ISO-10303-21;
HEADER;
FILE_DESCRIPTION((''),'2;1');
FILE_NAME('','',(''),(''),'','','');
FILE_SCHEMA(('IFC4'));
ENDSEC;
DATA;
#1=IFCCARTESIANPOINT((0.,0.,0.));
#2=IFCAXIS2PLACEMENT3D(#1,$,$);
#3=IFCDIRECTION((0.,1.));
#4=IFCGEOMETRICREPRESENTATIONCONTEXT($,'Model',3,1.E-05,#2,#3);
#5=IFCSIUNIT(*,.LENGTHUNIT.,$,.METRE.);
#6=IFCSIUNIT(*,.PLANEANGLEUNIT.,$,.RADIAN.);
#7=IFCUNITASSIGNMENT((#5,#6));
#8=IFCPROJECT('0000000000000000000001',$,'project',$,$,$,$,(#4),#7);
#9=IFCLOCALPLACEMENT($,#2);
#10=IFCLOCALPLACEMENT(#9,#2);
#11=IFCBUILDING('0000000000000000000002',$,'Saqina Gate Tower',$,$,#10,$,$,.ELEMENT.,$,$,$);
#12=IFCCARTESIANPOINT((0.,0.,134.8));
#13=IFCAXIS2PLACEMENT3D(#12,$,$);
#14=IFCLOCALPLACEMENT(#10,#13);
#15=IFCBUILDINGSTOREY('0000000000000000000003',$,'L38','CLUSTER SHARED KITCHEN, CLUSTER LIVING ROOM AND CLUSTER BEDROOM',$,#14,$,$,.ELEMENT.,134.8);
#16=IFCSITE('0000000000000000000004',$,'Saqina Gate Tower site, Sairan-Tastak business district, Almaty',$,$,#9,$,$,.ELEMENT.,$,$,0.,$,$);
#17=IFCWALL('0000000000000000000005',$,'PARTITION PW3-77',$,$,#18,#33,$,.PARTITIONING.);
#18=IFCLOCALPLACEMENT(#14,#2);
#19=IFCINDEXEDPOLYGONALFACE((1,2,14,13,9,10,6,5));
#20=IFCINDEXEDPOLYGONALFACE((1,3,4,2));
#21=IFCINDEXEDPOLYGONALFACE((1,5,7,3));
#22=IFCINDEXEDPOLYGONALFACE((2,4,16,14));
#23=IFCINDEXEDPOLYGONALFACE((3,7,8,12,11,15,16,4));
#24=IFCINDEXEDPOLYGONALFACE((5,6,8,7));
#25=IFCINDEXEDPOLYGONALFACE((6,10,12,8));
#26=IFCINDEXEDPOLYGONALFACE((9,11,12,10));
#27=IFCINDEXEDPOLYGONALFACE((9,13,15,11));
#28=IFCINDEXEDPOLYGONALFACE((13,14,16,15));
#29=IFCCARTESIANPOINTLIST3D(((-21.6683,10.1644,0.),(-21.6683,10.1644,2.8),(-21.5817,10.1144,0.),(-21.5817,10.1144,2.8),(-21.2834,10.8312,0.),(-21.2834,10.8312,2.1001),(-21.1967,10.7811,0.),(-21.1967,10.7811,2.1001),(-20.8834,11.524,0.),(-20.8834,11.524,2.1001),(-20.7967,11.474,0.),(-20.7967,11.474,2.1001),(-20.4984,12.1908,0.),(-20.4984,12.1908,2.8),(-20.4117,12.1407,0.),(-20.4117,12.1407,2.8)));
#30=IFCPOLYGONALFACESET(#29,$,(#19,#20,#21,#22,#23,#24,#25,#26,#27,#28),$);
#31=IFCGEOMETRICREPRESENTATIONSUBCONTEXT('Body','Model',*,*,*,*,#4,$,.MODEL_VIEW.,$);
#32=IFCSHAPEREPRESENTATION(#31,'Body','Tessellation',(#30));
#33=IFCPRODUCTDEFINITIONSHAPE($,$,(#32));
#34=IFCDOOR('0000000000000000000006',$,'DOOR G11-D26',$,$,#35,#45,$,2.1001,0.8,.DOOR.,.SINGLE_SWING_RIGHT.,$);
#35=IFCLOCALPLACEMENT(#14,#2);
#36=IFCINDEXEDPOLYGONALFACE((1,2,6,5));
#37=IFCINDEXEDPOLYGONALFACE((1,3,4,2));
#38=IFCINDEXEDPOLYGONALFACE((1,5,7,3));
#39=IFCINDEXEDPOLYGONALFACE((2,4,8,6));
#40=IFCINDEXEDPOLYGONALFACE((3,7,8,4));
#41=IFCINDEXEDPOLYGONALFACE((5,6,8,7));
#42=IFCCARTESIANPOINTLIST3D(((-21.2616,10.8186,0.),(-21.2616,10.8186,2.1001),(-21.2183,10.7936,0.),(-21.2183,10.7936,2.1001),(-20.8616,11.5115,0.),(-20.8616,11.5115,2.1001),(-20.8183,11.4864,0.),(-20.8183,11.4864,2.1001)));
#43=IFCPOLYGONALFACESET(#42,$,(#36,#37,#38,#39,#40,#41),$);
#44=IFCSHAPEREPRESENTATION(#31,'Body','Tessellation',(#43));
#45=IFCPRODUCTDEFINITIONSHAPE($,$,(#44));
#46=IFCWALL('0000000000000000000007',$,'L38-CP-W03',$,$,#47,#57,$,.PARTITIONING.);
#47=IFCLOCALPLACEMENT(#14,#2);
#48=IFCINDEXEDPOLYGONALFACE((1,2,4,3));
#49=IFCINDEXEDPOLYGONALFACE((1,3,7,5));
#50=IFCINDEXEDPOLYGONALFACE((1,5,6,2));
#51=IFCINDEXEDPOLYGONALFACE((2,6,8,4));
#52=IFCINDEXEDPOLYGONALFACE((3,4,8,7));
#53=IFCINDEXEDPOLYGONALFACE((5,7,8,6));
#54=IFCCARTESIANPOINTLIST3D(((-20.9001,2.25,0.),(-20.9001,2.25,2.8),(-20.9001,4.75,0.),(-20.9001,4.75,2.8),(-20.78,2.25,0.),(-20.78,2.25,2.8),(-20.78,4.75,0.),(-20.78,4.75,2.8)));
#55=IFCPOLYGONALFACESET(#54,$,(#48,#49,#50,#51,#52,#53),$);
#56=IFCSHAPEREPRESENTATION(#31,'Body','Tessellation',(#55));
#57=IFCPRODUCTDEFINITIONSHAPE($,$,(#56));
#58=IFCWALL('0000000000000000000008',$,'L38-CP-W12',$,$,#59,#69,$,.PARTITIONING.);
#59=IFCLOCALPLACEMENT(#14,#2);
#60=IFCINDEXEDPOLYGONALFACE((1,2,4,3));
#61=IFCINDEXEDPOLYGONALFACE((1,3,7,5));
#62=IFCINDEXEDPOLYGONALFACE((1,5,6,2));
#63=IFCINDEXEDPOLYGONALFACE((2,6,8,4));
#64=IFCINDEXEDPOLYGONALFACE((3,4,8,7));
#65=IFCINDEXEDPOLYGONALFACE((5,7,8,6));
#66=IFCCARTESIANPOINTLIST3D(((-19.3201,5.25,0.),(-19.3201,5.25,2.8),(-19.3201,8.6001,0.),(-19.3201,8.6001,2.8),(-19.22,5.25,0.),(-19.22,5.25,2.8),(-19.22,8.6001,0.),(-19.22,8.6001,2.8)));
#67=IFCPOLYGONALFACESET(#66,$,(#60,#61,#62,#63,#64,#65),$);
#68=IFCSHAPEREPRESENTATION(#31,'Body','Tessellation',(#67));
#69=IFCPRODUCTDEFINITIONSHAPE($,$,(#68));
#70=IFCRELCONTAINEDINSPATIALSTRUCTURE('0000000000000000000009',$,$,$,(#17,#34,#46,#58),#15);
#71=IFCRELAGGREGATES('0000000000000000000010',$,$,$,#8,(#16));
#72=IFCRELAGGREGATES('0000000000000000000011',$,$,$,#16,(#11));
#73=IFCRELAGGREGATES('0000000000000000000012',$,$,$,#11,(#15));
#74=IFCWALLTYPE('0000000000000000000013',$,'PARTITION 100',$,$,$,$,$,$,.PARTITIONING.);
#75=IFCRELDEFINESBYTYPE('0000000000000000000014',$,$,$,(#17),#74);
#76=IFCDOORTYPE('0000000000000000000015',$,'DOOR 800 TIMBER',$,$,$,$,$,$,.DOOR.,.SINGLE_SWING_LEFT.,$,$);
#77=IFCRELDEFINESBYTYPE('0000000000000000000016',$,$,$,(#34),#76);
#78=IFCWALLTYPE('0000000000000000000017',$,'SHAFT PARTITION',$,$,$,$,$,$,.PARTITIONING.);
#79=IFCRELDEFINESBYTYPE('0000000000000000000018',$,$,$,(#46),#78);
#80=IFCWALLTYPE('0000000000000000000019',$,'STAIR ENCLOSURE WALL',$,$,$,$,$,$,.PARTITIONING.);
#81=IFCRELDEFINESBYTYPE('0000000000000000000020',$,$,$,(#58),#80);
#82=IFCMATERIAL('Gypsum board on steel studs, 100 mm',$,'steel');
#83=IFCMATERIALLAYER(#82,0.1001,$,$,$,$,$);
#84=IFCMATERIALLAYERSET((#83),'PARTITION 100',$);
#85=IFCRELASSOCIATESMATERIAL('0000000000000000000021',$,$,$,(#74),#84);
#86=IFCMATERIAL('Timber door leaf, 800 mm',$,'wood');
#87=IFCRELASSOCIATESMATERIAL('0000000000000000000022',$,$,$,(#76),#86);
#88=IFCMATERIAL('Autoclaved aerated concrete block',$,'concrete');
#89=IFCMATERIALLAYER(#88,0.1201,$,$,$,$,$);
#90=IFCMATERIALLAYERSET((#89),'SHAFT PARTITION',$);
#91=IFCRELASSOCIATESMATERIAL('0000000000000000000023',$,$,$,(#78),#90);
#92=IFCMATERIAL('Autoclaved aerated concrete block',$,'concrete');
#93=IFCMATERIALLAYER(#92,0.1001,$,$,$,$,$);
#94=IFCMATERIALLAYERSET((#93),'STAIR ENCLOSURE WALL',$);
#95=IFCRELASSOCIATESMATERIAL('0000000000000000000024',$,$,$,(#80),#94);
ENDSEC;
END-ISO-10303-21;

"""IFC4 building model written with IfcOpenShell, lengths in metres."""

from ifc_helpers import new_model, si_unit, direction, frame, frame_2d, origin, place, context, subcontext, project, spatial, rectangle, extrude, material, layer, layer_set, type_object, element, fill, save


model = new_model("IFC4")

# Units and contexts
model_context = context("Model", 3, precision=1e-05, world=origin(), true_north=direction((0.0, 1.0)))
body_context = subcontext(model_context, "Body", "Model", "MODEL_VIEW")
ifc_project = project(units=[si_unit("LENGTHUNIT", "METRE"), si_unit("PLANEANGLEUNIT", "RADIAN")], contexts=[model_context])

# Site, building, storey
site_placement = place(None, origin())
site = spatial("IfcSite", under=ifc_project, at=site_placement, Name="Saqina Gate Tower site, Sairan-Tastak business district, Almaty", CompositionType="ELEMENT", RefElevation=0.0)
building_placement = place(site_placement, origin())
building = spatial("IfcBuilding", under=site, at=building_placement, Name="Saqina Gate Tower", CompositionType="ELEMENT")
storey_placement = place(building_placement, frame((0.0, 0.0, 134.8)))
storey = spatial("IfcBuildingStorey", under=building, at=storey_placement, Name="L38", Description="CLUSTER SHARED KITCHEN, CLUSTER LIVING ROOM AND CLUSTER BEDROOM", CompositionType="ELEMENT", Elevation=134.8)

# Shared definitions
ifc_material_1 = material(Name="Gypsum board on steel studs, 100 mm", Category="steel")
ifc_layer_1 = layer(ifc_material_1, 0.1001)
ifc_layer_set_1 = layer_set([ifc_layer_1], Name="PARTITION 100")
wall_type_1 = type_object("IfcWallType", Name="PARTITION 100", PredefinedType="PARTITIONING", material=ifc_layer_set_1)

# Wall, opening, door
wall_1_placement = place(storey_placement, frame((-21.625, 10.1394, 0.0), z_axis=(0.0, 0.0, 1.0), x_axis=(0.499999, 0.866026, 0.0)))
wall_1 = element("IfcWall", 1, at=wall_1_placement, inside=storey, type_object=wall_type_1, Name="PARTITION PW3-77", PredefinedType="PARTITIONING", context=body_context, shape_type="SweptSolid", body=[
    extrude(rectangle(XDim=2.3398, YDim=0.1001, at=frame_2d((1.1699, 0.0))), origin(), (0.0, 0.0, 1.0), 2.8),
])
opening_1_placement = place(wall_1_placement, frame((0.77, 0.0, 0.0)))
opening_1 = element("IfcOpeningElement", 2, at=opening_1_placement, cuts=wall_1, PredefinedType="OPENING", context=body_context, shape_type="SweptSolid", body=[
    extrude(rectangle(XDim=0.8, YDim=2.1001, at=frame_2d((0.3999, 1.05))), frame((0.0, 0.062, 0.0), z_axis=(0.0, -1.0, 0.0), x_axis=(1.0, 0.0, 0.0)), (0.0, 0.0, 1.0), 0.124),
])
ifc_material_2 = material(Name="Timber door leaf, 800 mm", Category="wood")
door_type_1 = type_object("IfcDoorType", Name="DOOR 800 TIMBER", OperationType="SINGLE_SWING_LEFT", PredefinedType="DOOR", material=ifc_material_2)
door_1_placement = place(opening_1_placement, origin())
door_1 = element("IfcDoor", 3, at=door_1_placement, inside=storey, type_object=door_type_1, Name="DOOR G11-D26", OperationType="SINGLE_SWING_RIGHT", OverallHeight=2.1001, OverallWidth=0.8, PredefinedType="DOOR", context=body_context, shape_type="SweptSolid", body=[
    extrude(rectangle(XDim=0.8, YDim=2.1001, at=frame_2d((0.3999, 1.05))), frame((0.0, 0.0249, 0.0), z_axis=(0.0, -1.0, 0.0), x_axis=(1.0, 0.0, 0.0)), (0.0, 0.0, 1.0), 0.05),
])
fill(opening_1, door_1)

# Walls
ifc_material_3 = material(Name="Autoclaved aerated concrete block", Category="concrete")
ifc_layer_2 = layer(ifc_material_3, 0.1201)
ifc_layer_set_2 = layer_set([ifc_layer_2], Name="SHAFT PARTITION")
wall_type_2 = type_object("IfcWallType", Name="SHAFT PARTITION", PredefinedType="PARTITIONING", material=ifc_layer_set_2)
wall_2_placement = place(storey_placement, frame((-20.8401, 2.25, 0.0), z_axis=(0.0, 0.0, 1.0), x_axis=(0.0, 1.0, 0.0)))
element("IfcWall", 4, at=wall_2_placement, inside=storey, type_object=wall_type_2, Name="L38-CP-W03", PredefinedType="PARTITIONING", context=body_context, shape_type="SweptSolid", body=[
    extrude(rectangle(XDim=2.5, YDim=0.1201, at=frame_2d((1.25, 0.0))), origin(), (0.0, 0.0, 1.0), 2.8),
])
ifc_material_4 = material(Name="Autoclaved aerated concrete block", Category="concrete")
ifc_layer_3 = layer(ifc_material_4, 0.1001)
ifc_layer_set_3 = layer_set([ifc_layer_3], Name="STAIR ENCLOSURE WALL")
wall_type_3 = type_object("IfcWallType", Name="STAIR ENCLOSURE WALL", PredefinedType="PARTITIONING", material=ifc_layer_set_3)
wall_3_placement = place(storey_placement, frame((-19.27, 5.25, 0.0), z_axis=(0.0, 0.0, 1.0), x_axis=(0.0, 1.0, 0.0)))
element("IfcWall", 5, at=wall_3_placement, inside=storey, type_object=wall_type_3, Name="L38-CP-W12", PredefinedType="PARTITIONING", context=body_context, shape_type="SweptSolid", body=[
    extrude(rectangle(XDim=3.3501, YDim=0.1001, at=frame_2d((1.675, 0.0))), origin(), (0.0, 0.0, 1.0), 2.8),
])

save(model, "model.ifc")
